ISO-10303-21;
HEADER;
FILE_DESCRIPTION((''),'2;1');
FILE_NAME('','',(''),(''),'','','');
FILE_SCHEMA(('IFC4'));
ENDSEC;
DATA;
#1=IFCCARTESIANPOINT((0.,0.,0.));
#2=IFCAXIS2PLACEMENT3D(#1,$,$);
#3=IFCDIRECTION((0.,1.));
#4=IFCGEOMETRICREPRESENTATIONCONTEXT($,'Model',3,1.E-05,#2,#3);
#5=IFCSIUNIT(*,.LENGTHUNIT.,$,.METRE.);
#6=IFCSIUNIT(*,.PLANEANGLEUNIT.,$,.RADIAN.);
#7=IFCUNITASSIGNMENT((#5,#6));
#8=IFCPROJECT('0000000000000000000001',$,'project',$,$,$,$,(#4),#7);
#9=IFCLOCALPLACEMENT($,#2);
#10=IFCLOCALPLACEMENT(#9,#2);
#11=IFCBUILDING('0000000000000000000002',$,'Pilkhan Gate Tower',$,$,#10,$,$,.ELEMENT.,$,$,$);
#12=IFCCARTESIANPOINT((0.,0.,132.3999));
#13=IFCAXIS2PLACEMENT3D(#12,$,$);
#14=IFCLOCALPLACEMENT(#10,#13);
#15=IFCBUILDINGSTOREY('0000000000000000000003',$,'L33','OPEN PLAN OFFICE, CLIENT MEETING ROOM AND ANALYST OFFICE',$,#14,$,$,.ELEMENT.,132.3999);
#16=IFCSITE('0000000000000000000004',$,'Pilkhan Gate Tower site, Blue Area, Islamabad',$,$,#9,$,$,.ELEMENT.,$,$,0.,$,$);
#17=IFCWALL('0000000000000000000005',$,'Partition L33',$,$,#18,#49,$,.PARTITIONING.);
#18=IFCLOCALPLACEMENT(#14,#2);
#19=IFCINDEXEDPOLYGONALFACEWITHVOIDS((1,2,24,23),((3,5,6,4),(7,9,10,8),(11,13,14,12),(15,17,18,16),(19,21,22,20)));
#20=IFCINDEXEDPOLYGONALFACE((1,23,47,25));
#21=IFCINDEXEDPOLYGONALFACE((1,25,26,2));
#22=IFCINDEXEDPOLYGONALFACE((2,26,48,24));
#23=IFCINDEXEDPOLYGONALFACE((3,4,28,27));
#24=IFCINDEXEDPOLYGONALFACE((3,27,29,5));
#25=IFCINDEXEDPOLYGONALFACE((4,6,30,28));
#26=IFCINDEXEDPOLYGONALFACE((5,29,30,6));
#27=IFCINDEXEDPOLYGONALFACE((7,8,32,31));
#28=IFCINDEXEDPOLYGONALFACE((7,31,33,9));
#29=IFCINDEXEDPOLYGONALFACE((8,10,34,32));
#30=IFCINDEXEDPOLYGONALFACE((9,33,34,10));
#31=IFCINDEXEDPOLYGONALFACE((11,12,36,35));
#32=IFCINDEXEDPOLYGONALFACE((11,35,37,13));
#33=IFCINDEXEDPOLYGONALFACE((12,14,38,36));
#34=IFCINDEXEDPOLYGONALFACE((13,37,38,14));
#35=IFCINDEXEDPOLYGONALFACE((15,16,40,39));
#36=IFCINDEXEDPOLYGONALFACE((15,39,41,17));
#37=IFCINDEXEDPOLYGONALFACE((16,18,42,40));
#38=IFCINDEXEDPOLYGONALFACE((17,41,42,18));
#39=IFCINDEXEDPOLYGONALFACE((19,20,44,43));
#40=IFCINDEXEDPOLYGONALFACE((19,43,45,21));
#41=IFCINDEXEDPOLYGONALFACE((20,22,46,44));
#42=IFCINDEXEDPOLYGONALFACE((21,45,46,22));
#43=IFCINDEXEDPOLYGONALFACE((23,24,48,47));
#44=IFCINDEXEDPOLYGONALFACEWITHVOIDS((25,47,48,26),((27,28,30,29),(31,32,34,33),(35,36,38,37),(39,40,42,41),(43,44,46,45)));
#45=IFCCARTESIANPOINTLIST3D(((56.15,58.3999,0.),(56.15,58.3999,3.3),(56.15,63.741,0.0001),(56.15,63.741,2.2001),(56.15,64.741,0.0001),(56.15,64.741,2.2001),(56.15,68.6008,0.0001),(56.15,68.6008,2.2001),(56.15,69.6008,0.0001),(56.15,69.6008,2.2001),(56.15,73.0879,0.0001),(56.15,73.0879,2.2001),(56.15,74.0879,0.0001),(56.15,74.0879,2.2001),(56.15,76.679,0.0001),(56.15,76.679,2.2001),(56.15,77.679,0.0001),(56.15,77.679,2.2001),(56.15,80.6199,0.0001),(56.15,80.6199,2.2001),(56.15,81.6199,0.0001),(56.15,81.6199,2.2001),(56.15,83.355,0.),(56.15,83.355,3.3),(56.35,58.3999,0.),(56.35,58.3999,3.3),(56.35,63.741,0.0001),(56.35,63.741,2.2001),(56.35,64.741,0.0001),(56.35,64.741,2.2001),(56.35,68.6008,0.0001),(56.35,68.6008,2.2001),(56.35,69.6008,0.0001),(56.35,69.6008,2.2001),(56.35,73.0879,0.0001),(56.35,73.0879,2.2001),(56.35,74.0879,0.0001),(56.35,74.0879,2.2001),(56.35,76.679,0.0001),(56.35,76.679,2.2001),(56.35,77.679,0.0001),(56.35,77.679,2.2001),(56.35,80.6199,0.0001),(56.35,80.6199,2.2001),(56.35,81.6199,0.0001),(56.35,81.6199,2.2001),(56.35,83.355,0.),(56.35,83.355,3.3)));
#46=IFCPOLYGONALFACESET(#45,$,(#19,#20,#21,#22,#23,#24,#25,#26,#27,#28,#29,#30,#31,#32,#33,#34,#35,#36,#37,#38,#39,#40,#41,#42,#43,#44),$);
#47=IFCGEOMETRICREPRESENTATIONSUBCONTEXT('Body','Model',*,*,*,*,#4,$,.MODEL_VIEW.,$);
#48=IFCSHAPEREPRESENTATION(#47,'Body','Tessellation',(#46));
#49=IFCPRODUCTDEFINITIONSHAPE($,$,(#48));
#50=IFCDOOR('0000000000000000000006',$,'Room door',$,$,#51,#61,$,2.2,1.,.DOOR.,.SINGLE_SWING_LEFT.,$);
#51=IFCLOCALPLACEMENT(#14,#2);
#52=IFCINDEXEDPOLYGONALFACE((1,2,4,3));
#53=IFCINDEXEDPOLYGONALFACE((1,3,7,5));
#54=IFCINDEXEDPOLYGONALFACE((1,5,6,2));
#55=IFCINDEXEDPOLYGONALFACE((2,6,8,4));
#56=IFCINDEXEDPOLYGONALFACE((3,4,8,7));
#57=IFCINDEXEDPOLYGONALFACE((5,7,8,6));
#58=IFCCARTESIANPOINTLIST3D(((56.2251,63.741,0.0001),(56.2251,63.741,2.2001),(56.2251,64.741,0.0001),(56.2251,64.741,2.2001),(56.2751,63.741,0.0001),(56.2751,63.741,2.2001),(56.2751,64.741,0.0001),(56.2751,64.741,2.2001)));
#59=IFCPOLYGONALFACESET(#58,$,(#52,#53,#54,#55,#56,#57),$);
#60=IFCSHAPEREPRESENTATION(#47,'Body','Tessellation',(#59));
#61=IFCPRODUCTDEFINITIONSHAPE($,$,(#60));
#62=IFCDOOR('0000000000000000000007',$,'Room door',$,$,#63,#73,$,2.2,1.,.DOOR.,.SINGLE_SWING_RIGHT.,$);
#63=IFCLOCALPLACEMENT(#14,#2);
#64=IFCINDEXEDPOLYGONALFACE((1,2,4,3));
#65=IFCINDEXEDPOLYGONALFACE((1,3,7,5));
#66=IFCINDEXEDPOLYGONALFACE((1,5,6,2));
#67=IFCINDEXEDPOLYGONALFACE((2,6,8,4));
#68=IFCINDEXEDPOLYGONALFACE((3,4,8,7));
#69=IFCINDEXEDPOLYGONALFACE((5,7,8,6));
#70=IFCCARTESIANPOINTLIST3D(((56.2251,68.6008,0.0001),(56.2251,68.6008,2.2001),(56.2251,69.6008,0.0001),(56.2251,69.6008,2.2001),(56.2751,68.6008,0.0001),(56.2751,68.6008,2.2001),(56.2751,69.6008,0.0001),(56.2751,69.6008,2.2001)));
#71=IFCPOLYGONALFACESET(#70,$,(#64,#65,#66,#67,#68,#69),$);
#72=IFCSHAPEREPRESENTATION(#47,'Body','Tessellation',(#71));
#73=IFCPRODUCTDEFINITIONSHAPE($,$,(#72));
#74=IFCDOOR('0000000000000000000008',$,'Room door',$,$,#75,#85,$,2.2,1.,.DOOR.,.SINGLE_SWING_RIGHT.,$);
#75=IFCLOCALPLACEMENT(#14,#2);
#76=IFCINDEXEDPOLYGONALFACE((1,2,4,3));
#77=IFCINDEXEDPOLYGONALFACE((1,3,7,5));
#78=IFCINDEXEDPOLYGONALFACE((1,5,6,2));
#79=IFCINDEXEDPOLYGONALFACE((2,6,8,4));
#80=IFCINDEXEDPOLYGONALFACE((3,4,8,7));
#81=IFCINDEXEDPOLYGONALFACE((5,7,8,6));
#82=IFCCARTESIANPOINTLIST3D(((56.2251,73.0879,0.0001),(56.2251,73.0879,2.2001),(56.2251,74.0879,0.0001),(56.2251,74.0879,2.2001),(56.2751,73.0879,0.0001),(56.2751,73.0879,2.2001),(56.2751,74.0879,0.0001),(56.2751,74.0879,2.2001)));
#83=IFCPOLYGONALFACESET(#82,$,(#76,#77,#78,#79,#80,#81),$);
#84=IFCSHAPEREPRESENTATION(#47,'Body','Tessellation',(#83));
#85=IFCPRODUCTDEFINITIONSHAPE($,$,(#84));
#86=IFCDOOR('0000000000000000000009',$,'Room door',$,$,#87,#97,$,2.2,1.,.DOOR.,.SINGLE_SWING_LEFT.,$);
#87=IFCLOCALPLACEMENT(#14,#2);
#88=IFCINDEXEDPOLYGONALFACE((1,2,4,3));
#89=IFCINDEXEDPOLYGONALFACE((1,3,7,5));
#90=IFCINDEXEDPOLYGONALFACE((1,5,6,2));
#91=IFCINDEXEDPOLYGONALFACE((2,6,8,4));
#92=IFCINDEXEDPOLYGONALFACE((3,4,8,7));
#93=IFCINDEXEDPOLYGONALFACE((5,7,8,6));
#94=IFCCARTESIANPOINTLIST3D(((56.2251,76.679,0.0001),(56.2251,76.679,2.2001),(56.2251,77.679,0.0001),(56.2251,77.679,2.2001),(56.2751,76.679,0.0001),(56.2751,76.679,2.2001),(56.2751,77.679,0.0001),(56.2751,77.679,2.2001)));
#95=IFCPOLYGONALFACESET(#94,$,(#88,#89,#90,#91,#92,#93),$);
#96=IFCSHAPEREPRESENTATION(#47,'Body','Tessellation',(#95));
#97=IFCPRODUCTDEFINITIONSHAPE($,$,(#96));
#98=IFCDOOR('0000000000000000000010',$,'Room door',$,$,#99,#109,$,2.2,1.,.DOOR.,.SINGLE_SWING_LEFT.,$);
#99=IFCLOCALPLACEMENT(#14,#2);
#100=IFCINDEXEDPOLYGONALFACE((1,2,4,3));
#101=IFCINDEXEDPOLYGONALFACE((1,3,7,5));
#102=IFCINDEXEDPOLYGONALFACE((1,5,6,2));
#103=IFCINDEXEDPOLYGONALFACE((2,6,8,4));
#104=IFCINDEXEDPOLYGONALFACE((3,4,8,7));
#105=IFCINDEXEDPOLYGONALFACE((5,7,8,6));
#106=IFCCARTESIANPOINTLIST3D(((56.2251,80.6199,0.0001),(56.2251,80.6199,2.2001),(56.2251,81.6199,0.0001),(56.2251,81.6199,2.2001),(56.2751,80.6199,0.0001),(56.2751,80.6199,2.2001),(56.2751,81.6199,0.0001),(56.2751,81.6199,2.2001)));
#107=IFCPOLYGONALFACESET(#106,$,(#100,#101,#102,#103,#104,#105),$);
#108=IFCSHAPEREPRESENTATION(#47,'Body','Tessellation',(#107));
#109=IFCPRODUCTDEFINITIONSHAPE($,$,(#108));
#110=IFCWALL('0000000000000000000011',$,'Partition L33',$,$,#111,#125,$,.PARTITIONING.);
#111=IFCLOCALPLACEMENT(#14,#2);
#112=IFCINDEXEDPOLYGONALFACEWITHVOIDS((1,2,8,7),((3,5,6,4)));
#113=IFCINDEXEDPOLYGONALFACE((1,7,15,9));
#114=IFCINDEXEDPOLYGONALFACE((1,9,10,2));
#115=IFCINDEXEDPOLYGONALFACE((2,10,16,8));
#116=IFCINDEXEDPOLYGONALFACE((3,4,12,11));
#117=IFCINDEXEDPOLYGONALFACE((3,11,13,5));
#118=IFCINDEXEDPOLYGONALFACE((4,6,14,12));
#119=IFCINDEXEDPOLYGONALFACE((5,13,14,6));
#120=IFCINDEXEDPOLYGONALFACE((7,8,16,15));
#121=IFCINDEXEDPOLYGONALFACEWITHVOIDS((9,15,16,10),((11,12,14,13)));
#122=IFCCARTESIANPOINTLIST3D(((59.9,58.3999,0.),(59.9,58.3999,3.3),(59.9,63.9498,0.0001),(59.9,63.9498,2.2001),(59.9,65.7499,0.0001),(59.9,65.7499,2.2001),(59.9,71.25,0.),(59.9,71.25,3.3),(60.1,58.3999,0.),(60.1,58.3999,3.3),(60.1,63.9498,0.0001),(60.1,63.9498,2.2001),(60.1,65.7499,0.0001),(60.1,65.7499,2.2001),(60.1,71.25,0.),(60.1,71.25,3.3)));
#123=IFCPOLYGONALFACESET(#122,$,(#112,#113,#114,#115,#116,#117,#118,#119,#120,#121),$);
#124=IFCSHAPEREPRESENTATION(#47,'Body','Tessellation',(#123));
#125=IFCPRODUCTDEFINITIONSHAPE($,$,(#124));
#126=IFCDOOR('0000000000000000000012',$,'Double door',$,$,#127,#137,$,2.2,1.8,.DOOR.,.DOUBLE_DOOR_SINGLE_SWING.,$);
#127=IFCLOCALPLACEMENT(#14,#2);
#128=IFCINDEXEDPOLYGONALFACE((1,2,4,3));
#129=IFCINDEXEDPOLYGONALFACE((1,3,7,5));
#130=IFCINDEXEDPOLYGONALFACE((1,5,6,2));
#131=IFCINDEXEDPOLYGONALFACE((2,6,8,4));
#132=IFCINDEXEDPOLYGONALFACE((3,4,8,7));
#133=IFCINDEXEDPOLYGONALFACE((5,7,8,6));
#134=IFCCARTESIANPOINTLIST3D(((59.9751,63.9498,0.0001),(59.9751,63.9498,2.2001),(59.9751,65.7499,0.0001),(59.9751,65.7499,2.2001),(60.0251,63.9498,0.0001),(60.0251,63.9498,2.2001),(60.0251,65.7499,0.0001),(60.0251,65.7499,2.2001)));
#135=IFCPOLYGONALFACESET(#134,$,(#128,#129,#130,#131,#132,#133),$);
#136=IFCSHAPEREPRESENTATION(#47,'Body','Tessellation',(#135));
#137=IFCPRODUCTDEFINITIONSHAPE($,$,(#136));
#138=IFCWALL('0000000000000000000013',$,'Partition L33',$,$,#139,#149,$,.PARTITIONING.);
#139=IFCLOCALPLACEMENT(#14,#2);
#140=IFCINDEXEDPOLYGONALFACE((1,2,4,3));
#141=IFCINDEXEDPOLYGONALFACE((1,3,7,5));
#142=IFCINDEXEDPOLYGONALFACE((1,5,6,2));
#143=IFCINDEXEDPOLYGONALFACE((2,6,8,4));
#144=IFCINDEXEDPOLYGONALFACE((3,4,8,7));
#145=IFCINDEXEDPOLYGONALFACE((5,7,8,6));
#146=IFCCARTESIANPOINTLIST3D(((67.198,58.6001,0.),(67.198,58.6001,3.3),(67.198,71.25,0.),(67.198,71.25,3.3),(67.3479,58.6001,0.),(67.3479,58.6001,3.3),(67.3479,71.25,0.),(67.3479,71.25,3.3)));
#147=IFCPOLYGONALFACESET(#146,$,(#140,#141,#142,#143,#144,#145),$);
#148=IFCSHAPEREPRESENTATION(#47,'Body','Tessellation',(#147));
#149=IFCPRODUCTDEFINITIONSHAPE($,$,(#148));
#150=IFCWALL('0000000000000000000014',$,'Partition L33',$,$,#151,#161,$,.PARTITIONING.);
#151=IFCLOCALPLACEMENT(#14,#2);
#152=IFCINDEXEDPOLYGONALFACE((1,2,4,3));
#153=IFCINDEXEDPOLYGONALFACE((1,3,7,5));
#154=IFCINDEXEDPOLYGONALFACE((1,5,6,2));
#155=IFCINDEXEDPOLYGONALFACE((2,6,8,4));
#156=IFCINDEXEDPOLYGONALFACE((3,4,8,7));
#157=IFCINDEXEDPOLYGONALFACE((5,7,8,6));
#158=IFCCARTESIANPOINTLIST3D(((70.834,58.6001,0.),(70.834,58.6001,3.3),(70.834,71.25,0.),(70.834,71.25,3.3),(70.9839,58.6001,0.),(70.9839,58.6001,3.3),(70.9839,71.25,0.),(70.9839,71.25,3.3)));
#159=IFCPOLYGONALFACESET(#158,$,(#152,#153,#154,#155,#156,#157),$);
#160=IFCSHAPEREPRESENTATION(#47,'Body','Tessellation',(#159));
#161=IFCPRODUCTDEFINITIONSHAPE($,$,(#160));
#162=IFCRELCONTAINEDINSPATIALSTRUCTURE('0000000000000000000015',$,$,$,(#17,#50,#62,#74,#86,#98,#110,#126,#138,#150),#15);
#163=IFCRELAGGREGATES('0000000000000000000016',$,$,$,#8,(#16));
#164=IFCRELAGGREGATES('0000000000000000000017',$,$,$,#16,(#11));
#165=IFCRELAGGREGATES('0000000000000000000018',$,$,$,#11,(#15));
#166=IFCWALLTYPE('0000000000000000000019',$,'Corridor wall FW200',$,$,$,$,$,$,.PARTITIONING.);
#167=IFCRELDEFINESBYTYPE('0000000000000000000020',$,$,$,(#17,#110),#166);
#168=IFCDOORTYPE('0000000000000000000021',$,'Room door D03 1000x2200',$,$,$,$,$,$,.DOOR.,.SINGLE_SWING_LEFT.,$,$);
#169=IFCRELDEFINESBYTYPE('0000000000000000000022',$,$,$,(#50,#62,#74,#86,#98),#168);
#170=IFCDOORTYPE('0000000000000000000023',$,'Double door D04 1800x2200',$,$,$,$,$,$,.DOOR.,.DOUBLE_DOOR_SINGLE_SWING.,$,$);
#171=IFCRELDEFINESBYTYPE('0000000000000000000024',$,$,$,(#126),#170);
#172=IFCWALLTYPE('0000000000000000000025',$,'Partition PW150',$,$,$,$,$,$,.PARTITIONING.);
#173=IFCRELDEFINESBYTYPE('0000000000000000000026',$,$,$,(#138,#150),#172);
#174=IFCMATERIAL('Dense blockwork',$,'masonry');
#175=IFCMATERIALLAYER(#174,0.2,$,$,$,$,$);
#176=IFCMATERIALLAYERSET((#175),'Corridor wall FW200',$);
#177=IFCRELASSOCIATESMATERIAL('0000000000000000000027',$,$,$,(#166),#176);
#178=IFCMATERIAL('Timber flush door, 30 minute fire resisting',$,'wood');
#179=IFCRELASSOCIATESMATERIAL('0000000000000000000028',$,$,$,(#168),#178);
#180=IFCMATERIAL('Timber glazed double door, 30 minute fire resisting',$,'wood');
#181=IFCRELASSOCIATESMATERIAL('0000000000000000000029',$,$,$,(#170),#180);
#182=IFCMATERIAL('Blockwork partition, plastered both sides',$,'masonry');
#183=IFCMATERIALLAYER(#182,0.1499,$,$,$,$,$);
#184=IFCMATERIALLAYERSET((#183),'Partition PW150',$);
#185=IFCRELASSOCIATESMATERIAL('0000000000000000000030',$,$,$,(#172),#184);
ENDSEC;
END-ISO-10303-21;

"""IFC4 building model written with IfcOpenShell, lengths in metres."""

from ifc_helpers import new_model, si_unit, direction, frame, frame_2d, origin, place, context, subcontext, project, spatial, rectangle, extrude, material, layer, layer_set, type_object, element, fill, save


model = new_model("IFC4")

# Units and contexts
model_context = context("Model", 3, precision=1e-05, world=origin(), true_north=direction((0.0, 1.0)))
body_context = subcontext(model_context, "Body", "Model", "MODEL_VIEW")
ifc_project = project(units=[si_unit("LENGTHUNIT", "METRE"), si_unit("PLANEANGLEUNIT", "RADIAN")], contexts=[model_context])

# Site, building, storey
site_placement = place(None, origin())
site = spatial("IfcSite", under=ifc_project, at=site_placement, Name="Pilkhan Gate Tower site, Blue Area, Islamabad", CompositionType="ELEMENT", RefElevation=0.0)
building_placement = place(site_placement, origin())
building = spatial("IfcBuilding", under=site, at=building_placement, Name="Pilkhan Gate Tower", CompositionType="ELEMENT")
storey_placement = place(building_placement, frame((0.0, 0.0, 132.3999)))
storey = spatial("IfcBuildingStorey", under=building, at=storey_placement, Name="L33", Description="OPEN PLAN OFFICE, CLIENT MEETING ROOM AND ANALYST OFFICE", CompositionType="ELEMENT", Elevation=132.3999)

# Wall, openings, doors
ifc_material_1 = material(Name="Dense blockwork", Category="masonry")
ifc_layer_1 = layer(ifc_material_1, 0.2)
ifc_layer_set_1 = layer_set([ifc_layer_1], Name="Corridor wall FW200")
wall_type_1 = type_object("IfcWallType", Name="Corridor wall FW200", PredefinedType="PARTITIONING", material=ifc_layer_set_1)
ifc_material_2 = material(Name="Timber flush door, 30 minute fire resisting", Category="wood")
door_type_1 = type_object("IfcDoorType", Name="Room door D03 1000x2200", OperationType="SINGLE_SWING_LEFT", PredefinedType="DOOR", material=ifc_material_2)
wall_1_placement = place(storey_placement, frame((56.25, 58.3999, 0.0), z_axis=(0.0, 0.0, 1.0), x_axis=(0.0, 1.0, 0.0)))
wall_1 = element("IfcWall", 1, at=wall_1_placement, inside=storey, type_object=wall_type_1, Name="Partition L33", PredefinedType="PARTITIONING", context=body_context, shape_type="SweptSolid", body=[
    extrude(rectangle(XDim=24.9551, YDim=0.2, at=frame_2d((12.4775, 0.0))), origin(), (0.0, 0.0, 1.0), 3.3),
])
opening_1_placement = place(wall_1_placement, frame((5.3411, 0.0, 0.0)))
opening_1 = element("IfcOpeningElement", 2, at=opening_1_placement, cuts=wall_1, PredefinedType="OPENING", context=body_context, shape_type="SweptSolid", body=[
    extrude(rectangle(XDim=1.0, YDim=2.2, at=frame_2d((0.5, 1.1001))), frame((0.0, 0.1099, 0.0), z_axis=(0.0, -1.0, 0.0), x_axis=(1.0, 0.0, 0.0)), (0.0, 0.0, 1.0), 0.22),
])
opening_2_placement = place(wall_1_placement, frame((10.2009, 0.0, 0.0)))
opening_2 = element("IfcOpeningElement", 3, at=opening_2_placement, cuts=wall_1, PredefinedType="OPENING", context=body_context, shape_type="SweptSolid", body=[
    extrude(rectangle(XDim=1.0, YDim=2.2, at=frame_2d((0.5, 1.1001))), frame((0.0, 0.1099, 0.0), z_axis=(0.0, -1.0, 0.0), x_axis=(1.0, 0.0, 0.0)), (0.0, 0.0, 1.0), 0.22),
])
opening_3_placement = place(wall_1_placement, frame((14.688, 0.0, 0.0)))
opening_3 = element("IfcOpeningElement", 4, at=opening_3_placement, cuts=wall_1, PredefinedType="OPENING", context=body_context, shape_type="SweptSolid", body=[
    extrude(rectangle(XDim=1.0, YDim=2.2, at=frame_2d((0.5, 1.1001))), frame((0.0, 0.1099, 0.0), z_axis=(0.0, -1.0, 0.0), x_axis=(1.0, 0.0, 0.0)), (0.0, 0.0, 1.0), 0.22),
])
opening_4_placement = place(wall_1_placement, frame((18.2791, 0.0, 0.0)))
opening_4 = element("IfcOpeningElement", 5, at=opening_4_placement, cuts=wall_1, PredefinedType="OPENING", context=body_context, shape_type="SweptSolid", body=[
    extrude(rectangle(XDim=1.0, YDim=2.2, at=frame_2d((0.5, 1.1001))), frame((0.0, 0.1099, 0.0), z_axis=(0.0, -1.0, 0.0), x_axis=(1.0, 0.0, 0.0)), (0.0, 0.0, 1.0), 0.22),
])
opening_5_placement = place(wall_1_placement, frame((22.22, 0.0, 0.0)))
opening_5 = element("IfcOpeningElement", 6, at=opening_5_placement, cuts=wall_1, PredefinedType="OPENING", context=body_context, shape_type="SweptSolid", body=[
    extrude(rectangle(XDim=1.0, YDim=2.2, at=frame_2d((0.5, 1.1001))), frame((0.0, 0.1099, 0.0), z_axis=(0.0, -1.0, 0.0), x_axis=(1.0, 0.0, 0.0)), (0.0, 0.0, 1.0), 0.22),
])
door_1_placement = place(opening_1_placement, origin())
door_1 = element("IfcDoor", 7, at=door_1_placement, inside=storey, type_object=door_type_1, Name="Room door", OperationType="SINGLE_SWING_LEFT", OverallHeight=2.2, OverallWidth=1.0, PredefinedType="DOOR", context=body_context, shape_type="SweptSolid", body=[
    extrude(rectangle(XDim=1.0, YDim=2.2, at=frame_2d((0.5, 1.1001))), frame((0.0, 0.0249, 0.0), z_axis=(0.0, -1.0, 0.0), x_axis=(1.0, 0.0, 0.0)), (0.0, 0.0, 1.0), 0.05),
])
fill(opening_1, door_1)
door_2_placement = place(opening_2_placement, origin())
door_2 = element("IfcDoor", 8, at=door_2_placement, inside=storey, type_object=door_type_1, Name="Room door", OperationType="SINGLE_SWING_RIGHT", OverallHeight=2.2, OverallWidth=1.0, PredefinedType="DOOR", context=body_context, shape_type="SweptSolid", body=[
    extrude(rectangle(XDim=1.0, YDim=2.2, at=frame_2d((0.5, 1.1001))), frame((0.0, 0.0249, 0.0), z_axis=(0.0, -1.0, 0.0), x_axis=(1.0, 0.0, 0.0)), (0.0, 0.0, 1.0), 0.05),
])
fill(opening_2, door_2)
door_3_placement = place(opening_3_placement, origin())
door_3 = element("IfcDoor", 9, at=door_3_placement, inside=storey, type_object=door_type_1, Name="Room door", OperationType="SINGLE_SWING_RIGHT", OverallHeight=2.2, OverallWidth=1.0, PredefinedType="DOOR", context=body_context, shape_type="SweptSolid", body=[
    extrude(rectangle(XDim=1.0, YDim=2.2, at=frame_2d((0.5, 1.1001))), frame((0.0, 0.0249, 0.0), z_axis=(0.0, -1.0, 0.0), x_axis=(1.0, 0.0, 0.0)), (0.0, 0.0, 1.0), 0.05),
])
fill(opening_3, door_3)
door_4_placement = place(opening_4_placement, origin())
door_4 = element("IfcDoor", 10, at=door_4_placement, inside=storey, type_object=door_type_1, Name="Room door", OperationType="SINGLE_SWING_LEFT", OverallHeight=2.2, OverallWidth=1.0, PredefinedType="DOOR", context=body_context, shape_type="SweptSolid", body=[
    extrude(rectangle(XDim=1.0, YDim=2.2, at=frame_2d((0.5, 1.1001))), frame((0.0, 0.0249, 0.0), z_axis=(0.0, -1.0, 0.0), x_axis=(1.0, 0.0, 0.0)), (0.0, 0.0, 1.0), 0.05),
])
fill(opening_4, door_4)
door_5_placement = place(opening_5_placement, origin())
door_5 = element("IfcDoor", 11, at=door_5_placement, inside=storey, type_object=door_type_1, Name="Room door", OperationType="SINGLE_SWING_LEFT", OverallHeight=2.2, OverallWidth=1.0, PredefinedType="DOOR", context=body_context, shape_type="SweptSolid", body=[
    extrude(rectangle(XDim=1.0, YDim=2.2, at=frame_2d((0.5, 1.1001))), frame((0.0, 0.0249, 0.0), z_axis=(0.0, -1.0, 0.0), x_axis=(1.0, 0.0, 0.0)), (0.0, 0.0, 1.0), 0.05),
])
fill(opening_5, door_5)

# Wall, opening, door
wall_2_placement = place(storey_placement, frame((60.0, 58.3999, 0.0), z_axis=(0.0, 0.0, 1.0), x_axis=(0.0, 1.0, 0.0)))
wall_2 = element("IfcWall", 12, at=wall_2_placement, inside=storey, type_object=wall_type_1, Name="Partition L33", PredefinedType="PARTITIONING", context=body_context, shape_type="SweptSolid", body=[
    extrude(rectangle(XDim=12.8501, YDim=0.2, at=frame_2d((6.425, 0.0))), origin(), (0.0, 0.0, 1.0), 3.3),
])
opening_6_placement = place(wall_2_placement, frame((5.55, 0.0, 0.0)))
opening_6 = element("IfcOpeningElement", 13, at=opening_6_placement, cuts=wall_2, PredefinedType="OPENING", context=body_context, shape_type="SweptSolid", body=[
    extrude(rectangle(XDim=1.8, YDim=2.2, at=frame_2d((0.8999, 1.1001))), frame((0.0, 0.1099, 0.0), z_axis=(0.0, -1.0, 0.0), x_axis=(1.0, 0.0, 0.0)), (0.0, 0.0, 1.0), 0.22),
])
ifc_material_3 = material(Name="Timber glazed double door, 30 minute fire resisting", Category="wood")
door_type_2 = type_object("IfcDoorType", Name="Double door D04 1800x2200", OperationType="DOUBLE_DOOR_SINGLE_SWING", PredefinedType="DOOR", material=ifc_material_3)
door_6_placement = place(opening_6_placement, origin())
door_6 = element("IfcDoor", 14, at=door_6_placement, inside=storey, type_object=door_type_2, Name="Double door", OperationType="DOUBLE_DOOR_SINGLE_SWING", OverallHeight=2.2, OverallWidth=1.8, PredefinedType="DOOR", context=body_context, shape_type="SweptSolid", body=[
    extrude(rectangle(XDim=1.8, YDim=2.2, at=frame_2d((0.8999, 1.1001))), frame((0.0, 0.0249, 0.0), z_axis=(0.0, -1.0, 0.0), x_axis=(1.0, 0.0, 0.0)), (0.0, 0.0, 1.0), 0.05),
])
fill(opening_6, door_6)

# Walls
ifc_material_4 = material(Name="Blockwork partition, plastered both sides", Category="masonry")
ifc_layer_2 = layer(ifc_material_4, 0.1499)
ifc_layer_set_2 = layer_set([ifc_layer_2], Name="Partition PW150")
wall_type_2 = type_object("IfcWallType", Name="Partition PW150", PredefinedType="PARTITIONING", material=ifc_layer_set_2)
for number, where, z_axis, x_axis, name in (
    (15, (67.2729, 58.6001, 0.0), (0.0, 0.0, 1.0), (0.0, 1.0, 0.0), "Partition L33"),
    (16, (70.9089, 58.6001, 0.0), (0.0, 0.0, 1.0), (0.0, 1.0, 0.0), "Partition L33"),
):
    element("IfcWall", number, at=place(storey_placement, frame(where, z_axis=z_axis, x_axis=x_axis)), inside=storey, type_object=wall_type_2, Name=name, PredefinedType="PARTITIONING", context=body_context, shape_type="SweptSolid", body=[
        extrude(rectangle(XDim=12.6499, YDim=0.1499, at=frame_2d((6.325, 0.0))), origin(), (0.0, 0.0, 1.0), 3.3),
    ])

save(model, "model.ifc")
